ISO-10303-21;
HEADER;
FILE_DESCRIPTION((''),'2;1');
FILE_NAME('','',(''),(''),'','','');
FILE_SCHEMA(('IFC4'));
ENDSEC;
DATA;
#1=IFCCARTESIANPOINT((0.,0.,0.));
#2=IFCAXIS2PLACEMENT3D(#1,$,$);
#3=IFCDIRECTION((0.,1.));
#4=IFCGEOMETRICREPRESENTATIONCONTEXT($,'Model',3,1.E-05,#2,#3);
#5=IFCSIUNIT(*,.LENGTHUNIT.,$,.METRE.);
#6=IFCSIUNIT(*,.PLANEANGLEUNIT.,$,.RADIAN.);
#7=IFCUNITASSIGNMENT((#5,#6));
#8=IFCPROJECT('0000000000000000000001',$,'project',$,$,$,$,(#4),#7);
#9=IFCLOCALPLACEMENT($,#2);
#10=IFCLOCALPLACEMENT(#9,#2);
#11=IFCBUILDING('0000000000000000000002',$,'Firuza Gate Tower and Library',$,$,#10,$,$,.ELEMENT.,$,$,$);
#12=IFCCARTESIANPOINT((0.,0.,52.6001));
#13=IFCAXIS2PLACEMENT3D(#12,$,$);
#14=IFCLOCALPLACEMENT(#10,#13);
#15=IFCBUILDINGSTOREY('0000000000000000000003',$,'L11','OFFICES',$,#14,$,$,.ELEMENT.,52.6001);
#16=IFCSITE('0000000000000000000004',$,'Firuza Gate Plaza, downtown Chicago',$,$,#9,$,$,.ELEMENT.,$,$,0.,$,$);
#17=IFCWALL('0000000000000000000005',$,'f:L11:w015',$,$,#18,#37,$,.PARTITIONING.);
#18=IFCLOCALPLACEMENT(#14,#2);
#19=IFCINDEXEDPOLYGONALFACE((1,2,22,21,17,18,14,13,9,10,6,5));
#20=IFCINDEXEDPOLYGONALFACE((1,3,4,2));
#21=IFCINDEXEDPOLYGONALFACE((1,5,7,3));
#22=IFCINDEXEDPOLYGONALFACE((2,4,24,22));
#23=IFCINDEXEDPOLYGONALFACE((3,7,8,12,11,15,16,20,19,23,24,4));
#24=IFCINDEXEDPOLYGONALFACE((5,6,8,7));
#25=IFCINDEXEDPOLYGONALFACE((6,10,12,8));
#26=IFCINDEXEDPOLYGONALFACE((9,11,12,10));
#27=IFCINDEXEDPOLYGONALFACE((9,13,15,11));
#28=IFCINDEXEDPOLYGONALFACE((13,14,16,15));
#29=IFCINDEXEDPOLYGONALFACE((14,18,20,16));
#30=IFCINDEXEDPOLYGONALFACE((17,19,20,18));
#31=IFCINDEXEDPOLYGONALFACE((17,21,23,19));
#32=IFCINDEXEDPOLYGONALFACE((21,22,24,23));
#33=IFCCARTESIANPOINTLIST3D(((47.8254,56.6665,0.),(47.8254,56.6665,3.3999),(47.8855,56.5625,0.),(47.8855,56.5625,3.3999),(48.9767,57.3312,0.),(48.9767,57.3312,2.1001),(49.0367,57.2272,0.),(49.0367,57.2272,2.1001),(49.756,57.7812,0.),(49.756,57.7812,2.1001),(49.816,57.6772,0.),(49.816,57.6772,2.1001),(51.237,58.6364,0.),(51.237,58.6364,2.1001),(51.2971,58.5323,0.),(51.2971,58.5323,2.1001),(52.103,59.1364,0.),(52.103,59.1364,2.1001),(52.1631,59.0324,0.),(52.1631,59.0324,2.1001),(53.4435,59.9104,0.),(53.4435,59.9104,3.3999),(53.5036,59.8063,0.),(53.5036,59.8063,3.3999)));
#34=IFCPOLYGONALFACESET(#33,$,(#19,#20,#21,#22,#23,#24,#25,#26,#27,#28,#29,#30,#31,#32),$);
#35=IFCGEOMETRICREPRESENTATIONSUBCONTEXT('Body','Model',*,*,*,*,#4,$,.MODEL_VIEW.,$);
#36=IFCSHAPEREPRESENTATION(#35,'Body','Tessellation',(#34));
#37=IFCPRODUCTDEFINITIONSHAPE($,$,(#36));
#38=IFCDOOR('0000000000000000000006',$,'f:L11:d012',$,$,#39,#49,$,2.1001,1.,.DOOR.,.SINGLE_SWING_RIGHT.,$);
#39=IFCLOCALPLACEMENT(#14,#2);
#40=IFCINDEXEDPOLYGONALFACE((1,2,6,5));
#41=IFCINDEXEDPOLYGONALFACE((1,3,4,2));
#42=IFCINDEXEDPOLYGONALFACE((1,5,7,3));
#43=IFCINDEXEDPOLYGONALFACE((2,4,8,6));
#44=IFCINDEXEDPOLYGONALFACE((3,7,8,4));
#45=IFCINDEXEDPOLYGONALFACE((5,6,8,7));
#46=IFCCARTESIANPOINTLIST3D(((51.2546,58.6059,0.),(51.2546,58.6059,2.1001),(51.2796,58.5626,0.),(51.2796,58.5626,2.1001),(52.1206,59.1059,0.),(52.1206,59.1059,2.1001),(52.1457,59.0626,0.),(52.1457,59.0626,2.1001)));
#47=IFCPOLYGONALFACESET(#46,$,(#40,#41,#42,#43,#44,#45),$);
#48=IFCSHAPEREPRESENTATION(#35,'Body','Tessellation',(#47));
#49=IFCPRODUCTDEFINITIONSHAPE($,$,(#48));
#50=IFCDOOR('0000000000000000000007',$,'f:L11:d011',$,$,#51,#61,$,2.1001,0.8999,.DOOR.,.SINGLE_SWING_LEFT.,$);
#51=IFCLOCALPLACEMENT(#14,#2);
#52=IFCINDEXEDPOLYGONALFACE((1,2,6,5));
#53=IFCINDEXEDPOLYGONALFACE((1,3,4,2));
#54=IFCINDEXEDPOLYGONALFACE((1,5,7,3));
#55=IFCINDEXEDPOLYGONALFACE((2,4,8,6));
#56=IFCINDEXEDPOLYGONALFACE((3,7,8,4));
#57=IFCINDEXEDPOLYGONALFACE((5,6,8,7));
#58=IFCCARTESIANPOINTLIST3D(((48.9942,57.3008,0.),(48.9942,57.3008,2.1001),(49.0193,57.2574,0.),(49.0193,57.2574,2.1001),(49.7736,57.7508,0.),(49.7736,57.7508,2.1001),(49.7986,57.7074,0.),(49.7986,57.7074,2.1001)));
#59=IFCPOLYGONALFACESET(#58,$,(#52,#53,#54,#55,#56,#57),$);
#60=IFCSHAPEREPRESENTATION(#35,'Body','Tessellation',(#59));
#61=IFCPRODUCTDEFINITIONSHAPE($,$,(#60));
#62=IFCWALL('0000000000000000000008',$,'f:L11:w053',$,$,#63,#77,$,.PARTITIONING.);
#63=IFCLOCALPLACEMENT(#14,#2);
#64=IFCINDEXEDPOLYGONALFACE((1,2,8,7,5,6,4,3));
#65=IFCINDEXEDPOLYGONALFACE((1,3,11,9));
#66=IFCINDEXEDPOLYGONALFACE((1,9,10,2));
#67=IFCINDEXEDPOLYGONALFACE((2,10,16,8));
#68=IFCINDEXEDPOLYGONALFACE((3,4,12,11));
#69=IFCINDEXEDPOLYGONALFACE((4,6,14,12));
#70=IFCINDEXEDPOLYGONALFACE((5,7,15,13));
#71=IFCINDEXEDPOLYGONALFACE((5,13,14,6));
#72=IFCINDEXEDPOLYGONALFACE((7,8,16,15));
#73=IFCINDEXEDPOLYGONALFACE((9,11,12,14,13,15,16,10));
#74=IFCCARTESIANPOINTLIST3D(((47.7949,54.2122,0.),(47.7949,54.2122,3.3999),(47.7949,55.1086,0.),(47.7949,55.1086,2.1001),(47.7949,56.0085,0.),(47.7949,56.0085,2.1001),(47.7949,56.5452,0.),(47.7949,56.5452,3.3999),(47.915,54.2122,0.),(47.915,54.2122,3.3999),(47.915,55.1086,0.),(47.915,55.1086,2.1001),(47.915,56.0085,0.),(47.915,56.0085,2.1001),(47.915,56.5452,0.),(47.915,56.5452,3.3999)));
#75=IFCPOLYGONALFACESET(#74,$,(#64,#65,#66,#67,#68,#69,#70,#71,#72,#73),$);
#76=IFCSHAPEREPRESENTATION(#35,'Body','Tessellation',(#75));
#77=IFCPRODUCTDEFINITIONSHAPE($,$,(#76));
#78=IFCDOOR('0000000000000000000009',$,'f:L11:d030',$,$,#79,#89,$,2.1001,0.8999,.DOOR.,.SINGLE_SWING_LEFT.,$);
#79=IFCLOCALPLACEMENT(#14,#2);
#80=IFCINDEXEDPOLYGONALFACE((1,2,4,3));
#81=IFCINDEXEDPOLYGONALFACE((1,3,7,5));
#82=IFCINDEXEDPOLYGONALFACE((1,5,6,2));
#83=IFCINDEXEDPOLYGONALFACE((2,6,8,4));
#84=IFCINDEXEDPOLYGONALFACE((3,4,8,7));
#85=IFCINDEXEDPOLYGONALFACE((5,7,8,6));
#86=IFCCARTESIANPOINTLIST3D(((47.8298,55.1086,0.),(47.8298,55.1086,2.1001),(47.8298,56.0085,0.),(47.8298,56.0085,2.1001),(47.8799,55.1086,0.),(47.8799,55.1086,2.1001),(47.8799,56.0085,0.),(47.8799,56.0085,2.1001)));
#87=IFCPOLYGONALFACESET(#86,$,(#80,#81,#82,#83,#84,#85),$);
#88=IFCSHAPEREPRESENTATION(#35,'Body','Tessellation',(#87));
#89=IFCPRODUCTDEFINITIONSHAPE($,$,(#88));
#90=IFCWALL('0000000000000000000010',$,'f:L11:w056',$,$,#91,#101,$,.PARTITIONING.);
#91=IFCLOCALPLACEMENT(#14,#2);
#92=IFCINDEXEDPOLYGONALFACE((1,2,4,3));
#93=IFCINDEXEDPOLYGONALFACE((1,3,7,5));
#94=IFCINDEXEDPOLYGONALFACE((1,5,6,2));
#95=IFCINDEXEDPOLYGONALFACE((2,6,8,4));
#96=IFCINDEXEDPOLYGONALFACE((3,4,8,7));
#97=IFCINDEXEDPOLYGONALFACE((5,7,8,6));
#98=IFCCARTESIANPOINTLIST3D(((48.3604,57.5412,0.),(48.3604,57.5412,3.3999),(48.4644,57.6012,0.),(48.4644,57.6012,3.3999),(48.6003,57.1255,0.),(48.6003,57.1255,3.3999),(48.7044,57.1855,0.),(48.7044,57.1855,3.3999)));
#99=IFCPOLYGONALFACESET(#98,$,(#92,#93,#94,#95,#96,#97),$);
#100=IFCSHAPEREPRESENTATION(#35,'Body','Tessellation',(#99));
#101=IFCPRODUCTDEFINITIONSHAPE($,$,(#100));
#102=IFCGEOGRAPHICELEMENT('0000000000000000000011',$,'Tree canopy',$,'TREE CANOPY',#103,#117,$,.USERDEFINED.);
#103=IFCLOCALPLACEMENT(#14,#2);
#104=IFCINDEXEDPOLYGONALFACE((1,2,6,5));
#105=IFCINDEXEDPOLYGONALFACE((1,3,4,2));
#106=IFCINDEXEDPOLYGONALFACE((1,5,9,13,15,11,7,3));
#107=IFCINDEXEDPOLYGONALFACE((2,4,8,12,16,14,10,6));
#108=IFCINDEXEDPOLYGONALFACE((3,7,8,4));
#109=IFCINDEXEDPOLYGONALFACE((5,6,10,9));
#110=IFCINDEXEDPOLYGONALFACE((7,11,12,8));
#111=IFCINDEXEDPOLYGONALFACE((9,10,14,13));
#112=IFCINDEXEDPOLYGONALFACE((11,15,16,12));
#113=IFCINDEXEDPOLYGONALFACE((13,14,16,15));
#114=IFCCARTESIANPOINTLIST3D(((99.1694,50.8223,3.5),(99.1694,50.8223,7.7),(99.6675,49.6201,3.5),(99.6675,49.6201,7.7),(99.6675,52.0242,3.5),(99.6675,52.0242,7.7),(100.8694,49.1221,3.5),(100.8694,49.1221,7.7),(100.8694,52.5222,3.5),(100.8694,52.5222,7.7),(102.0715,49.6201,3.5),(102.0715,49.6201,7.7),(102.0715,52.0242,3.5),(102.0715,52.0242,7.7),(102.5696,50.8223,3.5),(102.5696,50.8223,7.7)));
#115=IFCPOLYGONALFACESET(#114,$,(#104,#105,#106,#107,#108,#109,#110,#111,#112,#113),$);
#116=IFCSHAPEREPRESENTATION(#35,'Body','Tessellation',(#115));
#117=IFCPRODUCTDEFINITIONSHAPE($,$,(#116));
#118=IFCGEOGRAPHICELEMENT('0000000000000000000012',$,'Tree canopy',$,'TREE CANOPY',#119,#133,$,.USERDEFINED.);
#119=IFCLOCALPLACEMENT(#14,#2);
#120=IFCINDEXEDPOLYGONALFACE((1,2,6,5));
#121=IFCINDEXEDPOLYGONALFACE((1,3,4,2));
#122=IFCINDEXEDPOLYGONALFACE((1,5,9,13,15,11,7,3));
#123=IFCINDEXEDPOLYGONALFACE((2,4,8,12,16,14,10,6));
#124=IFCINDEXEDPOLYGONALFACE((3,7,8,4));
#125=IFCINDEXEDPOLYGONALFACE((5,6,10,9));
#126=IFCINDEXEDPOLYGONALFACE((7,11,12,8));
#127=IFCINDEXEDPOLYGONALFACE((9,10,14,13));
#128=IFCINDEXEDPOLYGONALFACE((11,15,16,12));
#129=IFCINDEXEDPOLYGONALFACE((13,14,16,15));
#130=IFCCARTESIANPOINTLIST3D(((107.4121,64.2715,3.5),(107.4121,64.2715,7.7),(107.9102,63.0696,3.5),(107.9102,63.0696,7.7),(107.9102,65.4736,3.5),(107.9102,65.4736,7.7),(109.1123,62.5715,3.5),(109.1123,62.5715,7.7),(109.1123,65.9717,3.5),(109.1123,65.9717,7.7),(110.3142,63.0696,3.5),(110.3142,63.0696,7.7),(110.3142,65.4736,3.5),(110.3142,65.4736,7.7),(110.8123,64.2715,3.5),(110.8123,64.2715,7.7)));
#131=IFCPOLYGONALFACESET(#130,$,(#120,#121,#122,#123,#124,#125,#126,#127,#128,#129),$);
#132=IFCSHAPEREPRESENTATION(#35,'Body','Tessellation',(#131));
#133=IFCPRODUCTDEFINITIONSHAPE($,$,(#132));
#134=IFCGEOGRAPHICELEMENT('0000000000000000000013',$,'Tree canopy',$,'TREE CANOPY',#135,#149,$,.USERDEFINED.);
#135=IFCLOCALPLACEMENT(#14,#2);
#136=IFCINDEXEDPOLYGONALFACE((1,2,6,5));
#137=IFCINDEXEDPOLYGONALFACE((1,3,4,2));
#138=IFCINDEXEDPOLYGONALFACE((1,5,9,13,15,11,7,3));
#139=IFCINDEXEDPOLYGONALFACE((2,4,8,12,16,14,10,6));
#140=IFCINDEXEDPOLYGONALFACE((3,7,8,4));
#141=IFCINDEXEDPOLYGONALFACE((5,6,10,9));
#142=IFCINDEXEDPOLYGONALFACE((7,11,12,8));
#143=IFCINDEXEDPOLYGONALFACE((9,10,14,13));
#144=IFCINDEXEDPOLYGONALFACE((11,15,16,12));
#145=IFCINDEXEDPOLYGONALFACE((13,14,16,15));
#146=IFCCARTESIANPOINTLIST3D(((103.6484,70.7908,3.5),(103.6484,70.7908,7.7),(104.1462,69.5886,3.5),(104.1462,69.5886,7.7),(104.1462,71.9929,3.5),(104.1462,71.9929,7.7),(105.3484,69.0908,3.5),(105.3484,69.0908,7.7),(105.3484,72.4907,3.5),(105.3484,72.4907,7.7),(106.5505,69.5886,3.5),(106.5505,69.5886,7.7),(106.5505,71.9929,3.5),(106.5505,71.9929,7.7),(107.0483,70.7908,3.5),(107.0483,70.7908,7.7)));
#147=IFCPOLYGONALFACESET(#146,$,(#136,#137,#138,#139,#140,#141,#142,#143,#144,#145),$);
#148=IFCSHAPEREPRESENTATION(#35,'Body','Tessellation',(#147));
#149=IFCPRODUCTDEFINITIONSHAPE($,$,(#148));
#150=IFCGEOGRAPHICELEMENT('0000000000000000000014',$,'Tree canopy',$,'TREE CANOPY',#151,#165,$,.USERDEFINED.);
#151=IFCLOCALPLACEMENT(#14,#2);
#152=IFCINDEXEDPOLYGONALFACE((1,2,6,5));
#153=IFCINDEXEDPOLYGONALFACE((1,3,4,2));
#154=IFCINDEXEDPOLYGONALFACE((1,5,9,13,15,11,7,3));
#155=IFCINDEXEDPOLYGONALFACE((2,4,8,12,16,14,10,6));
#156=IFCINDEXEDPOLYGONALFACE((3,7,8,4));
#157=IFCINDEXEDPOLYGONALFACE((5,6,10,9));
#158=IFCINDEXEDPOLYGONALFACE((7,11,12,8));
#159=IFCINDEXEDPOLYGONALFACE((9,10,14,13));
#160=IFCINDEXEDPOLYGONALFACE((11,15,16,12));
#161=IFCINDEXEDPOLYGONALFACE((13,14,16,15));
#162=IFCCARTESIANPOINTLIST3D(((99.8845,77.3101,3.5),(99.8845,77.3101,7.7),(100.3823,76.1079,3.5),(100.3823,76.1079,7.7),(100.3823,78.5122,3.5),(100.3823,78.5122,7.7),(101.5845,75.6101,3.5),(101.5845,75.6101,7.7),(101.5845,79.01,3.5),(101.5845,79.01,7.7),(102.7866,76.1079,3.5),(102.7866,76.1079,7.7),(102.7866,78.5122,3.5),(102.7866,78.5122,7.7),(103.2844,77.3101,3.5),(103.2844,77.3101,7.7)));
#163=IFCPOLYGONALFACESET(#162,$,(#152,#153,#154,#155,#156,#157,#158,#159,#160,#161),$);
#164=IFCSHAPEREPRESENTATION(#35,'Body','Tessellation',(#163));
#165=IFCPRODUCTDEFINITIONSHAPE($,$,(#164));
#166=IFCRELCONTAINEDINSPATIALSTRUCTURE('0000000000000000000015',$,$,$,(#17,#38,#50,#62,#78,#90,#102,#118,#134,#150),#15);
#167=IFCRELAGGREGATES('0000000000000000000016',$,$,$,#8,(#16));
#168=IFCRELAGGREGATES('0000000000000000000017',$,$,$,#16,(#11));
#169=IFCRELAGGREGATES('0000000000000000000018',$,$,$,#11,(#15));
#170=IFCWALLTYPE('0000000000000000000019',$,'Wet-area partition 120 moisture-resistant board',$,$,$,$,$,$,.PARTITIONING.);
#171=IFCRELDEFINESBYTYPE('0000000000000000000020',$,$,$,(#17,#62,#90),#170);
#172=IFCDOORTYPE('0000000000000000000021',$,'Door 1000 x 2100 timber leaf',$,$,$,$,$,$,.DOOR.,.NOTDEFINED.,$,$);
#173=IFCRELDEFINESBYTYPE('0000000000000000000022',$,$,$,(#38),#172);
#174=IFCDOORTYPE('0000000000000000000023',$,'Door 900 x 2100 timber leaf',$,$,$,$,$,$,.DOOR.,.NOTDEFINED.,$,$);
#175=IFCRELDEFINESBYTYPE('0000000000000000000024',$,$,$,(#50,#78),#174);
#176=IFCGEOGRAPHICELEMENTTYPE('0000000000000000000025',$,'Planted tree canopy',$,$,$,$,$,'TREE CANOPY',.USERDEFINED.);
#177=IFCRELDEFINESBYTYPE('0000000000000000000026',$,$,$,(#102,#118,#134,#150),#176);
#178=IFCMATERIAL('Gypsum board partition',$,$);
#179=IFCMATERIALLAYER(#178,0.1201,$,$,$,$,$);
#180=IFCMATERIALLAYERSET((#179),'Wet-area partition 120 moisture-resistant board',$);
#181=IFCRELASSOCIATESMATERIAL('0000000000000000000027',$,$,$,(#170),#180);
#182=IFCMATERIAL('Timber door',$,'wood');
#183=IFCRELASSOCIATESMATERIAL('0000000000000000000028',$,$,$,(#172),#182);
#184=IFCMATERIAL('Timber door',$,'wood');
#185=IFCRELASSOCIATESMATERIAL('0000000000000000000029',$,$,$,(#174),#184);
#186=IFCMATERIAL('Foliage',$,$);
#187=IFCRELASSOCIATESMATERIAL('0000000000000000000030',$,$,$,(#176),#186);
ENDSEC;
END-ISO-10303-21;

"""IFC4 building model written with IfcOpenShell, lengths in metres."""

from ifc_helpers import new_model, si_unit, direction, frame, frame_2d, origin, place, context, subcontext, project, spatial, polyline, rectangle, outline, extrude, material, layer, layer_set, type_object, element, fill, save


model = new_model("IFC4")

# Units and contexts
model_context = context("Model", 3, precision=1e-05, world=origin(), true_north=direction((0.0, 1.0)))
body_context = subcontext(model_context, "Body", "Model", "MODEL_VIEW")
ifc_project = project(units=[si_unit("LENGTHUNIT", "METRE"), si_unit("PLANEANGLEUNIT", "RADIAN")], contexts=[model_context])

# Site, building, storey
site_placement = place(None, origin())
site = spatial("IfcSite", under=ifc_project, at=site_placement, Name="Firuza Gate Plaza, downtown Chicago", CompositionType="ELEMENT", RefElevation=0.0)
building_placement = place(site_placement, origin())
building = spatial("IfcBuilding", under=site, at=building_placement, Name="Firuza Gate Tower and Library", CompositionType="ELEMENT")
storey_placement = place(building_placement, frame((0.0, 0.0, 52.6001)))
storey = spatial("IfcBuildingStorey", under=building, at=storey_placement, Name="L11", Description="OFFICES", CompositionType="ELEMENT", Elevation=52.6001)

# Wall, openings, doors
ifc_material_1 = material(Name="Gypsum board partition")
ifc_layer_1 = layer(ifc_material_1, 0.1201)
ifc_layer_set_1 = layer_set([ifc_layer_1], Name="Wet-area partition 120 moisture-resistant board")
wall_type_1 = type_object("IfcWallType", Name="Wet-area partition 120 moisture-resistant board", PredefinedType="PARTITIONING", material=ifc_layer_set_1)
wall_1_placement = place(storey_placement, frame((47.8555, 56.6145, 0.0), z_axis=(0.0, 0.0, 1.0), x_axis=(0.866009, 0.500029, 0.0)))
wall_1 = element("IfcWall", 1, at=wall_1_placement, inside=storey, type_object=wall_type_1, Name="f:L11:w015", PredefinedType="PARTITIONING", context=body_context, shape_type="SweptSolid", body=[
    extrude(rectangle(XDim=6.4873, YDim=0.1201, at=frame_2d((3.2437, 0.0))), origin(), (0.0, 0.0, 1.0), 3.3999),
])
opening_1_placement = place(wall_1_placement, frame((1.3293, 0.0, 0.0)))
opening_1 = element("IfcOpeningElement", 2, at=opening_1_placement, cuts=wall_1, PredefinedType="OPENING", context=body_context, shape_type="SweptSolid", body=[
    extrude(rectangle(XDim=0.8999, YDim=2.1001, at=frame_2d((0.45, 1.05))), frame((0.0, 0.0701, 0.0), z_axis=(0.0, -1.0, 0.0), x_axis=(1.0, 0.0, 0.0)), (0.0, 0.0, 1.0), 0.1401),
])
opening_2_placement = place(wall_1_placement, frame((3.9395, 0.0, 0.0)))
opening_2 = element("IfcOpeningElement", 3, at=opening_2_placement, cuts=wall_1, PredefinedType="OPENING", context=body_context, shape_type="SweptSolid", body=[
    extrude(rectangle(XDim=1.0, YDim=2.1001, at=frame_2d((0.5, 1.05))), frame((0.0, 0.0701, 0.0), z_axis=(0.0, -1.0, 0.0), x_axis=(1.0, 0.0, 0.0)), (0.0, 0.0, 1.0), 0.1401),
])
ifc_material_2 = material(Name="Timber door", Category="wood")
door_type_1 = type_object("IfcDoorType", Name="Door 1000 x 2100 timber leaf", OperationType="NOTDEFINED", PredefinedType="DOOR", material=ifc_material_2)
door_1_placement = place(opening_2_placement, origin())
door_1 = element("IfcDoor", 4, at=door_1_placement, inside=storey, type_object=door_type_1, Name="f:L11:d012", OperationType="SINGLE_SWING_RIGHT", OverallHeight=2.1001, OverallWidth=1.0, PredefinedType="DOOR", context=body_context, shape_type="SweptSolid", body=[
    extrude(rectangle(XDim=1.0, YDim=2.1001, at=frame_2d((0.5, 1.05))), frame((0.0, 0.0249, 0.0), z_axis=(0.0, -1.0, 0.0), x_axis=(1.0, 0.0, 0.0)), (0.0, 0.0, 1.0), 0.05),
])
fill(opening_2, door_1)
ifc_material_3 = material(Name="Timber door", Category="wood")
door_type_2 = type_object("IfcDoorType", Name="Door 900 x 2100 timber leaf", OperationType="NOTDEFINED", PredefinedType="DOOR", material=ifc_material_3)
door_2_placement = place(opening_1_placement, origin())
door_2 = element("IfcDoor", 5, at=door_2_placement, inside=storey, type_object=door_type_2, Name="f:L11:d011", OperationType="SINGLE_SWING_LEFT", OverallHeight=2.1001, OverallWidth=0.8999, PredefinedType="DOOR", context=body_context, shape_type="SweptSolid", body=[
    extrude(rectangle(XDim=0.8999, YDim=2.1001, at=frame_2d((0.45, 1.05))), frame((0.0, 0.0249, 0.0), z_axis=(0.0, -1.0, 0.0), x_axis=(1.0, 0.0, 0.0)), (0.0, 0.0, 1.0), 0.05),
])
fill(opening_1, door_2)

# Wall, opening, door
wall_2_placement = place(storey_placement, frame((47.855, 56.5452, 0.0), z_axis=(0.0, 0.0, 1.0), x_axis=(0.0, -1.0, 0.0)))
wall_2 = element("IfcWall", 6, at=wall_2_placement, inside=storey, type_object=wall_type_1, Name="f:L11:w053", PredefinedType="PARTITIONING", context=body_context, shape_type="SweptSolid", body=[
    extrude(rectangle(XDim=2.333, YDim=0.1201, at=frame_2d((1.1665, 0.0))), origin(), (0.0, 0.0, 1.0), 3.3999),
])
opening_3_placement = place(wall_2_placement, frame((0.5366, 0.0, 0.0)))
opening_3 = element("IfcOpeningElement", 7, at=opening_3_placement, cuts=wall_2, PredefinedType="OPENING", context=body_context, shape_type="SweptSolid", body=[
    extrude(rectangle(XDim=0.8999, YDim=2.1001, at=frame_2d((0.45, 1.05))), frame((0.0, 0.0701, 0.0), z_axis=(0.0, -1.0, 0.0), x_axis=(1.0, 0.0, 0.0)), (0.0, 0.0, 1.0), 0.1401),
])
door_3_placement = place(opening_3_placement, origin())
door_3 = element("IfcDoor", 8, at=door_3_placement, inside=storey, type_object=door_type_2, Name="f:L11:d030", OperationType="SINGLE_SWING_LEFT", OverallHeight=2.1001, OverallWidth=0.8999, PredefinedType="DOOR", context=body_context, shape_type="SweptSolid", body=[
    extrude(rectangle(XDim=0.8999, YDim=2.1001, at=frame_2d((0.45, 1.05))), frame((0.0, 0.0249, 0.0), z_axis=(0.0, -1.0, 0.0), x_axis=(1.0, 0.0, 0.0)), (0.0, 0.0, 1.0), 0.05),
])
fill(opening_3, door_3)

# Wall
wall_3_placement = place(storey_placement, frame((48.6523, 57.1555, 0.0), z_axis=(0.0, 0.0, 1.0), x_axis=(-0.499913, 0.866075, 0.0)))
element("IfcWall", 9, at=wall_3_placement, inside=storey, type_object=wall_type_1, Name="f:L11:w056", PredefinedType="PARTITIONING", context=body_context, shape_type="SweptSolid", body=[
    extrude(rectangle(XDim=0.48, YDim=0.1201, at=frame_2d((0.24, 0.0))), origin(), (0.0, 0.0, 1.0), 3.3999),
])

# Geographic elements
ifc_material_4 = material(Name="Foliage")
geographic_element_type = type_object("IfcGeographicElementType", Name="Planted tree canopy", ElementType="TREE CANOPY", PredefinedType="USERDEFINED", material=ifc_material_4)
placement_1 = place(storey_placement, frame((0.0, 0.0, 3.5)))
element("IfcGeographicElement", 10, at=placement_1, inside=storey, type_object=geographic_element_type, Name="Tree canopy", ObjectType="TREE CANOPY", PredefinedType="USERDEFINED", context=body_context, shape_type="SweptSolid", body=[
    extrude(outline(polyline([(102.5696, 50.8223), (102.0715, 52.0242), (100.8694, 52.5222), (99.6675, 52.0242), (99.1694, 50.8223), (99.6675, 49.6201), (100.8694, 49.1221), (102.0715, 49.6201), (102.5696, 50.8223)])), origin(), (0.0, 0.0, 1.0), 4.2),
])
element("IfcGeographicElement", 11, at=placement_1, inside=storey, type_object=geographic_element_type, Name="Tree canopy", ObjectType="TREE CANOPY", PredefinedType="USERDEFINED", context=body_context, shape_type="SweptSolid", body=[
    extrude(outline(polyline([(110.8123, 64.2715), (110.3142, 65.4736), (109.1123, 65.9717), (107.9102, 65.4736), (107.4121, 64.2715), (107.9102, 63.0696), (109.1123, 62.5715), (110.3142, 63.0696), (110.8123, 64.2715)])), origin(), (0.0, 0.0, 1.0), 4.2),
])
element("IfcGeographicElement", 12, at=placement_1, inside=storey, type_object=geographic_element_type, Name="Tree canopy", ObjectType="TREE CANOPY", PredefinedType="USERDEFINED", context=body_context, shape_type="SweptSolid", body=[
    extrude(outline(polyline([(107.0483, 70.7908), (106.5505, 71.9929), (105.3484, 72.4907), (104.1462, 71.9929), (103.6484, 70.7908), (104.1462, 69.5886), (105.3484, 69.0908), (106.5505, 69.5886), (107.0483, 70.7908)])), origin(), (0.0, 0.0, 1.0), 4.2),
])
element("IfcGeographicElement", 13, at=placement_1, inside=storey, type_object=geographic_element_type, Name="Tree canopy", ObjectType="TREE CANOPY", PredefinedType="USERDEFINED", context=body_context, shape_type="SweptSolid", body=[
    extrude(outline(polyline([(103.2844, 77.3101), (102.7866, 78.5122), (101.5845, 79.01), (100.3823, 78.5122), (99.8845, 77.3101), (100.3823, 76.1079), (101.5845, 75.6101), (102.7866, 76.1079), (103.2844, 77.3101)])), origin(), (0.0, 0.0, 1.0), 4.2),
])

save(model, "model.ifc")
